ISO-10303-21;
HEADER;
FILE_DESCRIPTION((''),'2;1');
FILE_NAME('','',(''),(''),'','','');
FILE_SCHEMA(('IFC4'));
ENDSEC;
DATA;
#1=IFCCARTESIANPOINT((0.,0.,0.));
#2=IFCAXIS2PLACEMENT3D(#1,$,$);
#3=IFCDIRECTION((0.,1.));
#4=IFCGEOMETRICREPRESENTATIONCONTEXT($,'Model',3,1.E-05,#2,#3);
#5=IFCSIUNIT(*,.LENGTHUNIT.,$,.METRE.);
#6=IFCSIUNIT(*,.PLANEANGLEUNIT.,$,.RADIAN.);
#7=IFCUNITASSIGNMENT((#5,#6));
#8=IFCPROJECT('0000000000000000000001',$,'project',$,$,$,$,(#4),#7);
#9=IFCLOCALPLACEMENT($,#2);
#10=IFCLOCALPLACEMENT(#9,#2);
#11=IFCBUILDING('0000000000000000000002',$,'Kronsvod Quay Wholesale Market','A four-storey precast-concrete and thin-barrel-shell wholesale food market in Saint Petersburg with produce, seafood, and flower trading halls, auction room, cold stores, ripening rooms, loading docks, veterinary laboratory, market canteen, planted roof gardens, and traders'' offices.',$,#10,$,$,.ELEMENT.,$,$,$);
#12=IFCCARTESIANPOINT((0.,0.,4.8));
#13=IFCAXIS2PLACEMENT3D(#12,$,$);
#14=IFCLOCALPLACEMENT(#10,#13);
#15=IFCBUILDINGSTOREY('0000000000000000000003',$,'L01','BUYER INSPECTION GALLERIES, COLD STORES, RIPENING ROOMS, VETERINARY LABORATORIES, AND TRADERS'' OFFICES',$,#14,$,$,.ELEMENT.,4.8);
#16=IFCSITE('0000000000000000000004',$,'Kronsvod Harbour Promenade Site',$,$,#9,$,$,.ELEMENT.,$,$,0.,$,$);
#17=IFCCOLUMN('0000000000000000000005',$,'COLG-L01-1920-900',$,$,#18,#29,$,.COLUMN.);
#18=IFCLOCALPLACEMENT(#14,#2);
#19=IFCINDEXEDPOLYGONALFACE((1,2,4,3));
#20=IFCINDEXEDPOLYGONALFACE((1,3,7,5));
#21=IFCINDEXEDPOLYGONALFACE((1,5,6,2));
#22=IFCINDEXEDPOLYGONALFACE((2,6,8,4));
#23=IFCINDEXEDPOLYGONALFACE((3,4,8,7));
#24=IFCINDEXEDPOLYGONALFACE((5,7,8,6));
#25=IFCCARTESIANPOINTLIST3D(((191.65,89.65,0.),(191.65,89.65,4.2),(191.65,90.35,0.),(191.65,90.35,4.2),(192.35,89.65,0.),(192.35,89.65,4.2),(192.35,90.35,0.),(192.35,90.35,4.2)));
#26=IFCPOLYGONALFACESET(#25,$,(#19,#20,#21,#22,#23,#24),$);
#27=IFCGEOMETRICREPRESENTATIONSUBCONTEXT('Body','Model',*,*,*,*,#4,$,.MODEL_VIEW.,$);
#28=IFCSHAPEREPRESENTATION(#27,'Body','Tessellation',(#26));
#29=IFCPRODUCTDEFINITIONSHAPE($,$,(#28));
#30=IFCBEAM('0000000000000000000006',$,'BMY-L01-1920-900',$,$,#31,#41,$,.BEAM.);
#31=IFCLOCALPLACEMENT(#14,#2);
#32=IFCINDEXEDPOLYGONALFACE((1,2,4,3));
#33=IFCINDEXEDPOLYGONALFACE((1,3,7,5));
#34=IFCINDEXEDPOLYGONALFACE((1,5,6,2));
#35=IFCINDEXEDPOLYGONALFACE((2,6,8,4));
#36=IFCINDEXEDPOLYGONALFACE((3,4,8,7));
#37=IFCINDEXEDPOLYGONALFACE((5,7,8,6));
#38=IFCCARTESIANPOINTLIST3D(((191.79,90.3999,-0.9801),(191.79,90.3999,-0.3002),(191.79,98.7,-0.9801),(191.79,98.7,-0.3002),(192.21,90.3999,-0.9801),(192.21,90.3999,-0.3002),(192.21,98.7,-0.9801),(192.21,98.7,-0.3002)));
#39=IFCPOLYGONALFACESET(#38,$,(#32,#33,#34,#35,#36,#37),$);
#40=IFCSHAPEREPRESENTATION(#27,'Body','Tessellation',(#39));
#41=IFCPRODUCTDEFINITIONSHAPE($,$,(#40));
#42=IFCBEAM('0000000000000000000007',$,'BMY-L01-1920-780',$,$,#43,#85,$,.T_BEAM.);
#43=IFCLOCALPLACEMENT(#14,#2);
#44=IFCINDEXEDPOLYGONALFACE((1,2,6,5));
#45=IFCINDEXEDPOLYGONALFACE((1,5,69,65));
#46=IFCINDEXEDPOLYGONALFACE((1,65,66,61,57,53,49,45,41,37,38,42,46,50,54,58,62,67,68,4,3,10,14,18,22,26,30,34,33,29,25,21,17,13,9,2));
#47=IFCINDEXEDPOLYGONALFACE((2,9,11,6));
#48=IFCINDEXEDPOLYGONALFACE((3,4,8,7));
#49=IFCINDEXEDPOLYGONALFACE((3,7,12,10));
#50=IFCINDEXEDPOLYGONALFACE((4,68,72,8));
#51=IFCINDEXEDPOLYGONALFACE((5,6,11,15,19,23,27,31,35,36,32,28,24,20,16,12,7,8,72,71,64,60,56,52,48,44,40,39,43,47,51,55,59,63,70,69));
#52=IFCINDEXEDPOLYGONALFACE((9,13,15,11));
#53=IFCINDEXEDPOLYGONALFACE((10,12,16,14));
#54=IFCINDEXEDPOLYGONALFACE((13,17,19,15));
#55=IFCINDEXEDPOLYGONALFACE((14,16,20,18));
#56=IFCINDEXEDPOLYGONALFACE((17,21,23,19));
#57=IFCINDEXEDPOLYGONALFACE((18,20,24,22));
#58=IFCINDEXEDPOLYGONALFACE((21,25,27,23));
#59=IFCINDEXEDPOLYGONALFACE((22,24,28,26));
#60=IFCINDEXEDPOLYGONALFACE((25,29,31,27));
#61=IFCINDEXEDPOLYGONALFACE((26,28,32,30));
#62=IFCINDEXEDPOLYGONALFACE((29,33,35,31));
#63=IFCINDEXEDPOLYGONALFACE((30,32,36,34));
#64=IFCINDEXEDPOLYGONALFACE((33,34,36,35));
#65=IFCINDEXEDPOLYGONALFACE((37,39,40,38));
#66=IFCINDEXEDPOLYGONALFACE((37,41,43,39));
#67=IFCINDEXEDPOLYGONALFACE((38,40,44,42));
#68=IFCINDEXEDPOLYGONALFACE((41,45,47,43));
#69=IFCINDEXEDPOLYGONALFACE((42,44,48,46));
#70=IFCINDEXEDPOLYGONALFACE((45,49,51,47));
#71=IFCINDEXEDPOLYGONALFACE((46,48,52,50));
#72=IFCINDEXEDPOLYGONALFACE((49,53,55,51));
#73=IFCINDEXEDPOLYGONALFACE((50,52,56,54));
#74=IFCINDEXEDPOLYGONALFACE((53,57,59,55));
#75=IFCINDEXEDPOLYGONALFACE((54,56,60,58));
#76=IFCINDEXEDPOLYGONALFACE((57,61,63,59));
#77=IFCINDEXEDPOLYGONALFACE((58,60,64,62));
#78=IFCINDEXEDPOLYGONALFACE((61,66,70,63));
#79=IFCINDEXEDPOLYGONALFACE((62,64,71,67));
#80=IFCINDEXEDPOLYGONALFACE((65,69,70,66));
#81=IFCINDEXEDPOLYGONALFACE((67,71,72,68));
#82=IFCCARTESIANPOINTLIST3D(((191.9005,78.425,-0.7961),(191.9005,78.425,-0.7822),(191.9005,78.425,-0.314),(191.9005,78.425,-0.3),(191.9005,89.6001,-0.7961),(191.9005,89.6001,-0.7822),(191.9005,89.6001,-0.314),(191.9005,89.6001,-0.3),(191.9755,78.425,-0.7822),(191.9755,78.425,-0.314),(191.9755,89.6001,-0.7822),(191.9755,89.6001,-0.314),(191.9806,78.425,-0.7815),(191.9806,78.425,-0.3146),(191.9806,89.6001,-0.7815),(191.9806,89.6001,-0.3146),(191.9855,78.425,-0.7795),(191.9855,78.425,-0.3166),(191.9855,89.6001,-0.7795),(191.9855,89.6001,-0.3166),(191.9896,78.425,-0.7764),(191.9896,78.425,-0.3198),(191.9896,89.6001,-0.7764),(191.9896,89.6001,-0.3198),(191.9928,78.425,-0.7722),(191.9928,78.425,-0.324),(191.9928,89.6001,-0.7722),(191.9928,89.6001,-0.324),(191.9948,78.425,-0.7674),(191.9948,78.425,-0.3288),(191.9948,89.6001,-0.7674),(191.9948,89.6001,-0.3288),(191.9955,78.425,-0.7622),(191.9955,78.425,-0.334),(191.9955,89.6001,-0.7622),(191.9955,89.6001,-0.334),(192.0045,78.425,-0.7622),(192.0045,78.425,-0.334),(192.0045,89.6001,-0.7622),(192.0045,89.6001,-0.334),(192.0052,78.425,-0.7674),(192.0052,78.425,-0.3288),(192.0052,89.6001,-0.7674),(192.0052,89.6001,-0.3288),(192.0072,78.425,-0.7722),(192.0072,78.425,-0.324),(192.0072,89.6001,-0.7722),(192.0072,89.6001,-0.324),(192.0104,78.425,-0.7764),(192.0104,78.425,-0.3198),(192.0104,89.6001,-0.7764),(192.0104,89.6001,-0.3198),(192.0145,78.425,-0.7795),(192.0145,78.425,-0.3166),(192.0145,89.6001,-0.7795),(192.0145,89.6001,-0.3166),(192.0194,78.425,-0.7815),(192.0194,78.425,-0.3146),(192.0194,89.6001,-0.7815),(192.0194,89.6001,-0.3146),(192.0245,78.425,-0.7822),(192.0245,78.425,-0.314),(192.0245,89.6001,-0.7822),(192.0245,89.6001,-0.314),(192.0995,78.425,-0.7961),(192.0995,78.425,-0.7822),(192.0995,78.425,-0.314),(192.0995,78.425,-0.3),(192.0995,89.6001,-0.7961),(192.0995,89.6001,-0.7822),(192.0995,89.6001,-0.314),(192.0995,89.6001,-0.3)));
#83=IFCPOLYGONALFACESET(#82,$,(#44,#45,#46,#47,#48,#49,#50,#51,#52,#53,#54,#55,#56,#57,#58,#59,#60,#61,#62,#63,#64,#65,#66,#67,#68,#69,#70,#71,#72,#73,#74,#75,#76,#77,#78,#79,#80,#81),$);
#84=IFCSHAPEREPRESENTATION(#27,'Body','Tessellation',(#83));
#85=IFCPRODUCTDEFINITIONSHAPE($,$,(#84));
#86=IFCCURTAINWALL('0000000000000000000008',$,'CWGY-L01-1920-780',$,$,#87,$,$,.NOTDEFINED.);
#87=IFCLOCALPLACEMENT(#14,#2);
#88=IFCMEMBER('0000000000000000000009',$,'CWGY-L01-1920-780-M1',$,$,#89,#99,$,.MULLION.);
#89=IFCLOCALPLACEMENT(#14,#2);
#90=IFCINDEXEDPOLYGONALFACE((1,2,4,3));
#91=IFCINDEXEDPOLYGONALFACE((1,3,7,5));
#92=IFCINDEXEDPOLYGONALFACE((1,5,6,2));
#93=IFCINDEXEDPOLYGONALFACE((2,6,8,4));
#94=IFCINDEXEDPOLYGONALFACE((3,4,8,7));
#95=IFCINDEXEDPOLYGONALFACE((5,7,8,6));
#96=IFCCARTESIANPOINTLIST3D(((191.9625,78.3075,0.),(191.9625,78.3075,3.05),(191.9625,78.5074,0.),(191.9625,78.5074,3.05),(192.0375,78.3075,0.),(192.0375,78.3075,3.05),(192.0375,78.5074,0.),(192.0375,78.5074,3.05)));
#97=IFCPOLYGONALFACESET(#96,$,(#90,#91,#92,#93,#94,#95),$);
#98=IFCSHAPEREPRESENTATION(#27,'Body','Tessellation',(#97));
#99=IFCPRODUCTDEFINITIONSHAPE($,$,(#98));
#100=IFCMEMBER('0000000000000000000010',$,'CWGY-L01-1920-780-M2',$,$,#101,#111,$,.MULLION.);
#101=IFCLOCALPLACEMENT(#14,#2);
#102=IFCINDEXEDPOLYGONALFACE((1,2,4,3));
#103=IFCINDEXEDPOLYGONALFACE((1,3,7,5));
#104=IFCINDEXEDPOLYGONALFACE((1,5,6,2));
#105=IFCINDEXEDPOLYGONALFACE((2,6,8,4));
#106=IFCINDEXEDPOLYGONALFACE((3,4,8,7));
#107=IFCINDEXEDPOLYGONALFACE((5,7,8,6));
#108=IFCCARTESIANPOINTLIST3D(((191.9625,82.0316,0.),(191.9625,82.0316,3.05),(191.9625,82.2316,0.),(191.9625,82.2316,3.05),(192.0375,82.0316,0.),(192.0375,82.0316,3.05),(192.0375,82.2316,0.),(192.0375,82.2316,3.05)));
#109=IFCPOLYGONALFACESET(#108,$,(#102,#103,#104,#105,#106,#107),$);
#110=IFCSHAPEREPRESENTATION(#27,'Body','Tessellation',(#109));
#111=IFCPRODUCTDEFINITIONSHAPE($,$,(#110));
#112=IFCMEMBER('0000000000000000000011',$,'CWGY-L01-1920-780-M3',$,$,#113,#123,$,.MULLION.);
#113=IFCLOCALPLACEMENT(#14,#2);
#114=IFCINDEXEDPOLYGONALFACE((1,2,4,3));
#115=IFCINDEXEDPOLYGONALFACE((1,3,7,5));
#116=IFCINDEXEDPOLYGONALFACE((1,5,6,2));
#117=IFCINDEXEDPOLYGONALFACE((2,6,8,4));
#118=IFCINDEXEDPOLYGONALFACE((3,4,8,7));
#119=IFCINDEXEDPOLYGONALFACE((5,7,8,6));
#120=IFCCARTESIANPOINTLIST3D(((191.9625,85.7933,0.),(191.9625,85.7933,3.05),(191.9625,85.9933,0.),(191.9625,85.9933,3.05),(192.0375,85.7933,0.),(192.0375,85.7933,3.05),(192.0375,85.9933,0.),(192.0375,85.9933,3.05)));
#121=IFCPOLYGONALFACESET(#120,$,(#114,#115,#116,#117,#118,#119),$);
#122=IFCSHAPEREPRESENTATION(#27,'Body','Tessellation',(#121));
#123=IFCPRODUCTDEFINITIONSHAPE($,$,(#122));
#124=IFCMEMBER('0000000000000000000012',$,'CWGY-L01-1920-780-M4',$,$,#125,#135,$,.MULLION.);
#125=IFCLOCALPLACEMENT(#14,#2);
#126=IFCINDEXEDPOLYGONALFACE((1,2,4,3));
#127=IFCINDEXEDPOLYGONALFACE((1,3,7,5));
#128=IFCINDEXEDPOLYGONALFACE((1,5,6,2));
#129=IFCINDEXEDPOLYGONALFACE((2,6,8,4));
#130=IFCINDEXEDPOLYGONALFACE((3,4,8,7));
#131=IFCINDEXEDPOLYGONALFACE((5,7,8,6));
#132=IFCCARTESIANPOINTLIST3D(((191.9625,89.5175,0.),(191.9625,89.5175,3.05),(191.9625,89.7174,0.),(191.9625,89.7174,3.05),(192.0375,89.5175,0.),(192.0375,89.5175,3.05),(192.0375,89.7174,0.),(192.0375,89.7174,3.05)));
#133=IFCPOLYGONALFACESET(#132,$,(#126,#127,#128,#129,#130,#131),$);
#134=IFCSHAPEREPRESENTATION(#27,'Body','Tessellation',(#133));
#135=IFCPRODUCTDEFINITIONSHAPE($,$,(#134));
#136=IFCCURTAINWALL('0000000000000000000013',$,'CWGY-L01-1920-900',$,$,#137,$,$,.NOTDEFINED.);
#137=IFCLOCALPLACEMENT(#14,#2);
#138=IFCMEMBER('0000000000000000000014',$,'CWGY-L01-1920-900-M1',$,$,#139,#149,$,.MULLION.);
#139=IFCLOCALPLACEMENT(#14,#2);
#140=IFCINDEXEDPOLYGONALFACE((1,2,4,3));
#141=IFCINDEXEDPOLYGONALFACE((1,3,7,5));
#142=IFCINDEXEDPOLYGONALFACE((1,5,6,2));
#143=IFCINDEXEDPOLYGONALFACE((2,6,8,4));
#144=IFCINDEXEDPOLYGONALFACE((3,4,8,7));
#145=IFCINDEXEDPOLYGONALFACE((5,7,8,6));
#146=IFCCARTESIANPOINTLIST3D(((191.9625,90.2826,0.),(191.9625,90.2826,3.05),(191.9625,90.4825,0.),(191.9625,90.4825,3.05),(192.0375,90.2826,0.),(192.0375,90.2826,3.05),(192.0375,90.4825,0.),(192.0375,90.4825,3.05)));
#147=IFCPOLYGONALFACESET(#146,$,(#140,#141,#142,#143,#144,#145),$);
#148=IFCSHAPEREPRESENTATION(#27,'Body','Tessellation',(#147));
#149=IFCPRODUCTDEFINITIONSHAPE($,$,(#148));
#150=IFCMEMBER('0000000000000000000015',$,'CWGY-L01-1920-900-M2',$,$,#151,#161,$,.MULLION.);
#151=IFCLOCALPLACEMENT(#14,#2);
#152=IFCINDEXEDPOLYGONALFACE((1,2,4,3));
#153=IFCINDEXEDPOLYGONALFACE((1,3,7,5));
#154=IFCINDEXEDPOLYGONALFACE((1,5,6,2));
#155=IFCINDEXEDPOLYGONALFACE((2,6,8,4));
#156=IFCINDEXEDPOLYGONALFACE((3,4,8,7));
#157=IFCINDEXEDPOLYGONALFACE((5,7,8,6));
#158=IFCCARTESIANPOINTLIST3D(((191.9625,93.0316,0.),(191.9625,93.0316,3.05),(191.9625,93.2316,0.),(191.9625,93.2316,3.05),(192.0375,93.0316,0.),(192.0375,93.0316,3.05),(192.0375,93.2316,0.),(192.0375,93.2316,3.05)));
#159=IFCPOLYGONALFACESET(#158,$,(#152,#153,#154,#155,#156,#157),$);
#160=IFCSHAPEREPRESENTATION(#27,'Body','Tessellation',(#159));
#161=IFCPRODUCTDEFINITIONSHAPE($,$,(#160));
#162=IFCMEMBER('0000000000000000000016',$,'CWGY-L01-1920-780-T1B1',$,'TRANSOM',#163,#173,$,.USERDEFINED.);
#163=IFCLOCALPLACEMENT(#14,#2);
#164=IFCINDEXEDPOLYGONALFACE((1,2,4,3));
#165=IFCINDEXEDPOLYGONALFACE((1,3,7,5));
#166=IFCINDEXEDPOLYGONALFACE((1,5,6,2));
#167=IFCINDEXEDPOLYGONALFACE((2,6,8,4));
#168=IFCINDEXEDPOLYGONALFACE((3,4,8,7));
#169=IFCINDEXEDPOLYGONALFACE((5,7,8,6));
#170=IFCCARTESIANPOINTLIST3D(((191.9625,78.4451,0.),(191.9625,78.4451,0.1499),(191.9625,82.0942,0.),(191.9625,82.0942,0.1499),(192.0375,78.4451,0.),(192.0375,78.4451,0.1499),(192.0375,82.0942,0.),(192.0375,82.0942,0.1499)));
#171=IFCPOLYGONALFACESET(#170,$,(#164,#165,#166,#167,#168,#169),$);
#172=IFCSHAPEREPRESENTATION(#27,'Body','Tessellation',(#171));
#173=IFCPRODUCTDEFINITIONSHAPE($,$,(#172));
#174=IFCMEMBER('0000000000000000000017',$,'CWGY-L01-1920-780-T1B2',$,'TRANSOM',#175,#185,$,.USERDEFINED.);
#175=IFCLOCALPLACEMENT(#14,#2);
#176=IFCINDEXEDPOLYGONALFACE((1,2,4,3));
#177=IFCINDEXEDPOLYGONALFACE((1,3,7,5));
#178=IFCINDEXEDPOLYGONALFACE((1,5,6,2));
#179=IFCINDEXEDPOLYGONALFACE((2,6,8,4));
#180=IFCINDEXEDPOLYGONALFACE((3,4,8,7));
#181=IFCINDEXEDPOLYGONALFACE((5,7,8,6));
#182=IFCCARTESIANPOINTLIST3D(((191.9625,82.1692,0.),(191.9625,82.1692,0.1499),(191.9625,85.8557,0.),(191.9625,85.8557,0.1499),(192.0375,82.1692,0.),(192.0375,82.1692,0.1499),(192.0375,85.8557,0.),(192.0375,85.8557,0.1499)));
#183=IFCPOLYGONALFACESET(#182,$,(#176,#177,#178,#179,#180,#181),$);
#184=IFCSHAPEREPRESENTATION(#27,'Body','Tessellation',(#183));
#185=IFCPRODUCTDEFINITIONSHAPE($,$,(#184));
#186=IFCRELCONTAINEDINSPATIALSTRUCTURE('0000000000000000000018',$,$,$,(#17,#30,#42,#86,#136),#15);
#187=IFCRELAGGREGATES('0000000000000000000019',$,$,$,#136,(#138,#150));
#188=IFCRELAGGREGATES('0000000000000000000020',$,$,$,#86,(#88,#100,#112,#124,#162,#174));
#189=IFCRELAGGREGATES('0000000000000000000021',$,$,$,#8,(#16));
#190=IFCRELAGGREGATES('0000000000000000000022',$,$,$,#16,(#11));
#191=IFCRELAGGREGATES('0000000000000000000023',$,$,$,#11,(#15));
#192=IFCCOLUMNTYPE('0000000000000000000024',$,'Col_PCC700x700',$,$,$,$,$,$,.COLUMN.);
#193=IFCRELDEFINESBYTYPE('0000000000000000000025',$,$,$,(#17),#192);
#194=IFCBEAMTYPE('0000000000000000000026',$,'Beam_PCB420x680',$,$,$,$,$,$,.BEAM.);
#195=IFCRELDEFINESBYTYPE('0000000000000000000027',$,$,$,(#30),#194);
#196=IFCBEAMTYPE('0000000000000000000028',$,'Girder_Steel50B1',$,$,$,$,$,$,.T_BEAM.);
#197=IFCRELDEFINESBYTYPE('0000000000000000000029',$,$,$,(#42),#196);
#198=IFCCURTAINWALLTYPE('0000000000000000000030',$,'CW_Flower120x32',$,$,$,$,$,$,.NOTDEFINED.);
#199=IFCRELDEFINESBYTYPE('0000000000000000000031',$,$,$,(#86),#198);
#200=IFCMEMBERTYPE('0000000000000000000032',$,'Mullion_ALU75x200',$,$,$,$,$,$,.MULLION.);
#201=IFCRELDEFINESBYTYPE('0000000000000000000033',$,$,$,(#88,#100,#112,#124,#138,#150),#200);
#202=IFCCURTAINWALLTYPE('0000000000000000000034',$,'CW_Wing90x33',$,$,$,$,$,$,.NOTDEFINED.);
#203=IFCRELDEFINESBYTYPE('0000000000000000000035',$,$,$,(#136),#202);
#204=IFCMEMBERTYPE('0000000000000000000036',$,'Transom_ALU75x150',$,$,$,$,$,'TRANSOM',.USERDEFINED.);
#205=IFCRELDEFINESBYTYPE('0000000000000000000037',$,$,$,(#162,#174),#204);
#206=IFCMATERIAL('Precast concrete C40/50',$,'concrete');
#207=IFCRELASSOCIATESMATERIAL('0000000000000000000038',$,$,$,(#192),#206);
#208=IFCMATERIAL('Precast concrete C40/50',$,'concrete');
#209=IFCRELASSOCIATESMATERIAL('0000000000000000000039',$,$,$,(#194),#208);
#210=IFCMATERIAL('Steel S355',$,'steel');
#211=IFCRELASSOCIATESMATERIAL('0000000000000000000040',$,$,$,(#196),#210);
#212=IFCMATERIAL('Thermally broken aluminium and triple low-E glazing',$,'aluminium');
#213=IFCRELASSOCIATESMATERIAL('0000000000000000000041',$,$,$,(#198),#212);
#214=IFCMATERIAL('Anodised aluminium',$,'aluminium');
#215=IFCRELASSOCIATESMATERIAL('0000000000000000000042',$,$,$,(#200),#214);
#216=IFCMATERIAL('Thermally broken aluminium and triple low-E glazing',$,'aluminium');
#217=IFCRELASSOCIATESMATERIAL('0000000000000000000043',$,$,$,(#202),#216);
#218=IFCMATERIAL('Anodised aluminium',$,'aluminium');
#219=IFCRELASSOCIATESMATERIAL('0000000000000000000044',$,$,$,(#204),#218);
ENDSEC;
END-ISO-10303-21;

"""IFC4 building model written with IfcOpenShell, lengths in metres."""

from ifc_helpers import new_model, si_unit, direction, frame, origin, origin_2d, place, context, subcontext, project, spatial, rectangle, i_section, extrude, material, material_profile, profile_set, type_object, element, aggregate, save


model = new_model("IFC4")

# Units and contexts
model_context = context("Model", 3, precision=1e-05, world=origin(), true_north=direction((0.0, 1.0)))
body_context = subcontext(model_context, "Body", "Model", "MODEL_VIEW")
ifc_project = project(units=[si_unit("LENGTHUNIT", "METRE"), si_unit("PLANEANGLEUNIT", "RADIAN")], contexts=[model_context])

# Site, building, storey
site_placement = place(None, origin())
site = spatial("IfcSite", under=ifc_project, at=site_placement, Name="Kronsvod Harbour Promenade Site", CompositionType="ELEMENT", RefElevation=0.0)
building_placement = place(site_placement, origin())
building = spatial("IfcBuilding", under=site, at=building_placement, Name="Kronsvod Quay Wholesale Market", Description="A four-storey precast-concrete and thin-barrel-shell wholesale food market in Saint Petersburg with produce, seafood, and flower trading halls, auction room, cold stores, ripening rooms, loading docks, veterinary laboratory, market canteen, planted roof gardens, and traders' offices.", CompositionType="ELEMENT")
storey_placement = place(building_placement, frame((0.0, 0.0, 4.8)))
storey = spatial("IfcBuildingStorey", under=building, at=storey_placement, Name="L01", Description="BUYER INSPECTION GALLERIES, COLD STORES, RIPENING ROOMS, VETERINARY LABORATORIES, AND TRADERS' OFFICES", CompositionType="ELEMENT", Elevation=4.8)

# Column
ifc_material_1 = material(Name="Precast concrete C40/50", Category="concrete")
ifc_material_profile_1 = material_profile(ifc_material_1, rectangle(XDim=0.7, YDim=0.7, at=origin_2d()), Name="PCC700x700")
ifc_profile_set_1 = profile_set([ifc_material_profile_1], Name="Precast concrete C40/50")
column_type = type_object("IfcColumnType", Name="Col_PCC700x700", PredefinedType="COLUMN", material=ifc_profile_set_1)
column_placement = place(storey_placement, frame((192.0, 90.0, 0.0), z_axis=(0.0, 0.0, 1.0), x_axis=(1.0, 0.0, 0.0)))
element("IfcColumn", 1, at=column_placement, inside=storey, type_object=column_type, Name="COLG-L01-1920-900", PredefinedType="COLUMN", context=body_context, shape_type="SweptSolid", body=[
    extrude(rectangle(XDim=0.7, YDim=0.7, at=origin_2d()), origin(), (0.0, 0.0, 1.0), 4.2),
])

# Beams
ifc_material_2 = material(Name="Precast concrete C40/50", Category="concrete")
ifc_material_profile_2 = material_profile(ifc_material_2, rectangle(XDim=0.4199, YDim=0.6799, at=origin_2d()), Name="PB-05")
ifc_profile_set_2 = profile_set([ifc_material_profile_2], Name="Precast concrete C40/50")
beam_type_1 = type_object("IfcBeamType", Name="Beam_PCB420x680", PredefinedType="BEAM", material=ifc_profile_set_2)
beam_1_placement = place(storey_placement, frame((192.0, 90.3999, -0.6401), z_axis=(0.0, 1.0, 0.0), x_axis=(-1.0, 0.0, 0.0)))
element("IfcBeam", 2, at=beam_1_placement, inside=storey, type_object=beam_type_1, Name="BMY-L01-1920-900", PredefinedType="BEAM", context=body_context, shape_type="SweptSolid", body=[
    extrude(rectangle(XDim=0.4199, YDim=0.6799, at=origin_2d()), origin(), (0.0, 0.0, 1.0), 8.3),
])
ifc_material_3 = material(Name="Steel S355", Category="steel")
ifc_material_profile_3 = material_profile(ifc_material_3, i_section(OverallWidth=0.199, OverallDepth=0.4961, WebThickness=0.009, FlangeThickness=0.0139, FilletRadius=0.02, at=origin_2d()), Name="50B1")
ifc_profile_set_3 = profile_set([ifc_material_profile_3], Name="Steel S355")
beam_type_2 = type_object("IfcBeamType", Name="Girder_Steel50B1", PredefinedType="T_BEAM", material=ifc_profile_set_3)
beam_2_placement = place(storey_placement, frame((192.0, 78.425, -0.5481), z_axis=(0.0, 1.0, 0.0), x_axis=(-1.0, 0.0, 0.0)))
element("IfcBeam", 3, at=beam_2_placement, inside=storey, type_object=beam_type_2, Name="BMY-L01-1920-780", PredefinedType="T_BEAM", context=body_context, shape_type="SweptSolid", body=[
    extrude(i_section(OverallWidth=0.199, OverallDepth=0.4961, WebThickness=0.009, FlangeThickness=0.0139, FilletRadius=0.02, at=origin_2d()), origin(), (0.0, 0.0, 1.0), 11.175),
])

# Curtain walls, members
ifc_material_4 = material(Name="Thermally broken aluminium and triple low-E glazing", Category="aluminium")
curtain_wall_type_1 = type_object("IfcCurtainWallType", Name="CW_Flower120x32", PredefinedType="NOTDEFINED", material=ifc_material_4)
curtain_wall_1_placement = place(storey_placement, origin())
curtain_wall_1 = element("IfcCurtainWall", 4, at=curtain_wall_1_placement, inside=storey, type_object=curtain_wall_type_1, Name="CWGY-L01-1920-780", PredefinedType="NOTDEFINED")
ifc_material_5 = material(Name="Anodised aluminium", Category="aluminium")
ifc_material_profile_4 = material_profile(ifc_material_5, rectangle(XDim=0.075, YDim=0.2, at=origin_2d()), Name="ALUM75x200")
ifc_profile_set_4 = profile_set([ifc_material_profile_4], Name="Anodised aluminium")
member_type_1 = type_object("IfcMemberType", Name="Mullion_ALU75x200", PredefinedType="MULLION", material=ifc_profile_set_4)
member_1_placement = place(storey_placement, frame((192.0, 78.4075, 0.0), z_axis=(0.0, 0.0, 1.0), x_axis=(1.0, 0.0, 0.0)))
member_1 = element("IfcMember", 5, at=member_1_placement, type_object=member_type_1, Name="CWGY-L01-1920-780-M1", PredefinedType="MULLION", context=body_context, shape_type="SweptSolid", body=[
    extrude(rectangle(XDim=0.075, YDim=0.2, at=origin_2d()), origin(), (0.0, 0.0, 1.0), 3.05),
])
member_2_placement = place(storey_placement, frame((192.0, 82.1316, 0.0), z_axis=(0.0, 0.0, 1.0), x_axis=(1.0, 0.0, 0.0)))
member_2 = element("IfcMember", 6, at=member_2_placement, type_object=member_type_1, Name="CWGY-L01-1920-780-M2", PredefinedType="MULLION", context=body_context, shape_type="SweptSolid", body=[
    extrude(rectangle(XDim=0.075, YDim=0.2, at=origin_2d()), origin(), (0.0, 0.0, 1.0), 3.05),
])
member_3_placement = place(storey_placement, frame((192.0, 85.8933, 0.0), z_axis=(0.0, 0.0, 1.0), x_axis=(1.0, 0.0, 0.0)))
member_3 = element("IfcMember", 7, at=member_3_placement, type_object=member_type_1, Name="CWGY-L01-1920-780-M3", PredefinedType="MULLION", context=body_context, shape_type="SweptSolid", body=[
    extrude(rectangle(XDim=0.075, YDim=0.2, at=origin_2d()), origin(), (0.0, 0.0, 1.0), 3.05),
])
member_4_placement = place(storey_placement, frame((192.0, 89.6174, 0.0), z_axis=(0.0, 0.0, 1.0), x_axis=(1.0, 0.0, 0.0)))
member_4 = element("IfcMember", 8, at=member_4_placement, type_object=member_type_1, Name="CWGY-L01-1920-780-M4", PredefinedType="MULLION", context=body_context, shape_type="SweptSolid", body=[
    extrude(rectangle(XDim=0.075, YDim=0.2, at=origin_2d()), origin(), (0.0, 0.0, 1.0), 3.05),
])
ifc_material_6 = material(Name="Thermally broken aluminium and triple low-E glazing", Category="aluminium")
curtain_wall_type_2 = type_object("IfcCurtainWallType", Name="CW_Wing90x33", PredefinedType="NOTDEFINED", material=ifc_material_6)
curtain_wall_2_placement = place(storey_placement, origin())
curtain_wall_2 = element("IfcCurtainWall", 9, at=curtain_wall_2_placement, inside=storey, type_object=curtain_wall_type_2, Name="CWGY-L01-1920-900", PredefinedType="NOTDEFINED")
member_5_placement = place(storey_placement, frame((192.0, 90.3826, 0.0), z_axis=(0.0, 0.0, 1.0), x_axis=(1.0, 0.0, 0.0)))
member_5 = element("IfcMember", 10, at=member_5_placement, type_object=member_type_1, Name="CWGY-L01-1920-900-M1", PredefinedType="MULLION", context=body_context, shape_type="SweptSolid", body=[
    extrude(rectangle(XDim=0.075, YDim=0.2, at=origin_2d()), origin(), (0.0, 0.0, 1.0), 3.05),
])
member_6_placement = place(storey_placement, frame((192.0, 93.1316, 0.0), z_axis=(0.0, 0.0, 1.0), x_axis=(1.0, 0.0, 0.0)))
member_6 = element("IfcMember", 11, at=member_6_placement, type_object=member_type_1, Name="CWGY-L01-1920-900-M2", PredefinedType="MULLION", context=body_context, shape_type="SweptSolid", body=[
    extrude(rectangle(XDim=0.075, YDim=0.2, at=origin_2d()), origin(), (0.0, 0.0, 1.0), 3.05),
])

# Members
ifc_material_7 = material(Name="Anodised aluminium", Category="aluminium")
ifc_material_profile_5 = material_profile(ifc_material_7, rectangle(XDim=0.075, YDim=0.1499, at=origin_2d()), Name="ALUT75x150")
ifc_profile_set_5 = profile_set([ifc_material_profile_5], Name="Anodised aluminium")
member_type_2 = type_object("IfcMemberType", Name="Transom_ALU75x150", ElementType="TRANSOM", PredefinedType="USERDEFINED", material=ifc_profile_set_5)
member_7_placement = place(storey_placement, frame((192.0, 78.4451, 0.075), z_axis=(0.0, 1.0, 0.0), x_axis=(-1.0, 0.0, 0.0)))
member_7 = element("IfcMember", 12, at=member_7_placement, type_object=member_type_2, Name="CWGY-L01-1920-780-T1B1", ObjectType="TRANSOM", PredefinedType="USERDEFINED", context=body_context, shape_type="SweptSolid", body=[
    extrude(rectangle(XDim=0.075, YDim=0.1499, at=origin_2d()), origin(), (0.0, 0.0, 1.0), 3.6492),
])
member_8_placement = place(storey_placement, frame((192.0, 82.1692, 0.075), z_axis=(0.0, 1.0, 0.0), x_axis=(-1.0, 0.0, 0.0)))
member_8 = element("IfcMember", 13, at=member_8_placement, type_object=member_type_2, Name="CWGY-L01-1920-780-T1B2", ObjectType="TRANSOM", PredefinedType="USERDEFINED", context=body_context, shape_type="SweptSolid", body=[
    extrude(rectangle(XDim=0.075, YDim=0.1499, at=origin_2d()), origin(), (0.0, 0.0, 1.0), 3.6865),
])

aggregate(curtain_wall_2, [member_5, member_6])
aggregate(curtain_wall_1, [member_1, member_2, member_3, member_4, member_7, member_8])

save(model, "model.ifc")
